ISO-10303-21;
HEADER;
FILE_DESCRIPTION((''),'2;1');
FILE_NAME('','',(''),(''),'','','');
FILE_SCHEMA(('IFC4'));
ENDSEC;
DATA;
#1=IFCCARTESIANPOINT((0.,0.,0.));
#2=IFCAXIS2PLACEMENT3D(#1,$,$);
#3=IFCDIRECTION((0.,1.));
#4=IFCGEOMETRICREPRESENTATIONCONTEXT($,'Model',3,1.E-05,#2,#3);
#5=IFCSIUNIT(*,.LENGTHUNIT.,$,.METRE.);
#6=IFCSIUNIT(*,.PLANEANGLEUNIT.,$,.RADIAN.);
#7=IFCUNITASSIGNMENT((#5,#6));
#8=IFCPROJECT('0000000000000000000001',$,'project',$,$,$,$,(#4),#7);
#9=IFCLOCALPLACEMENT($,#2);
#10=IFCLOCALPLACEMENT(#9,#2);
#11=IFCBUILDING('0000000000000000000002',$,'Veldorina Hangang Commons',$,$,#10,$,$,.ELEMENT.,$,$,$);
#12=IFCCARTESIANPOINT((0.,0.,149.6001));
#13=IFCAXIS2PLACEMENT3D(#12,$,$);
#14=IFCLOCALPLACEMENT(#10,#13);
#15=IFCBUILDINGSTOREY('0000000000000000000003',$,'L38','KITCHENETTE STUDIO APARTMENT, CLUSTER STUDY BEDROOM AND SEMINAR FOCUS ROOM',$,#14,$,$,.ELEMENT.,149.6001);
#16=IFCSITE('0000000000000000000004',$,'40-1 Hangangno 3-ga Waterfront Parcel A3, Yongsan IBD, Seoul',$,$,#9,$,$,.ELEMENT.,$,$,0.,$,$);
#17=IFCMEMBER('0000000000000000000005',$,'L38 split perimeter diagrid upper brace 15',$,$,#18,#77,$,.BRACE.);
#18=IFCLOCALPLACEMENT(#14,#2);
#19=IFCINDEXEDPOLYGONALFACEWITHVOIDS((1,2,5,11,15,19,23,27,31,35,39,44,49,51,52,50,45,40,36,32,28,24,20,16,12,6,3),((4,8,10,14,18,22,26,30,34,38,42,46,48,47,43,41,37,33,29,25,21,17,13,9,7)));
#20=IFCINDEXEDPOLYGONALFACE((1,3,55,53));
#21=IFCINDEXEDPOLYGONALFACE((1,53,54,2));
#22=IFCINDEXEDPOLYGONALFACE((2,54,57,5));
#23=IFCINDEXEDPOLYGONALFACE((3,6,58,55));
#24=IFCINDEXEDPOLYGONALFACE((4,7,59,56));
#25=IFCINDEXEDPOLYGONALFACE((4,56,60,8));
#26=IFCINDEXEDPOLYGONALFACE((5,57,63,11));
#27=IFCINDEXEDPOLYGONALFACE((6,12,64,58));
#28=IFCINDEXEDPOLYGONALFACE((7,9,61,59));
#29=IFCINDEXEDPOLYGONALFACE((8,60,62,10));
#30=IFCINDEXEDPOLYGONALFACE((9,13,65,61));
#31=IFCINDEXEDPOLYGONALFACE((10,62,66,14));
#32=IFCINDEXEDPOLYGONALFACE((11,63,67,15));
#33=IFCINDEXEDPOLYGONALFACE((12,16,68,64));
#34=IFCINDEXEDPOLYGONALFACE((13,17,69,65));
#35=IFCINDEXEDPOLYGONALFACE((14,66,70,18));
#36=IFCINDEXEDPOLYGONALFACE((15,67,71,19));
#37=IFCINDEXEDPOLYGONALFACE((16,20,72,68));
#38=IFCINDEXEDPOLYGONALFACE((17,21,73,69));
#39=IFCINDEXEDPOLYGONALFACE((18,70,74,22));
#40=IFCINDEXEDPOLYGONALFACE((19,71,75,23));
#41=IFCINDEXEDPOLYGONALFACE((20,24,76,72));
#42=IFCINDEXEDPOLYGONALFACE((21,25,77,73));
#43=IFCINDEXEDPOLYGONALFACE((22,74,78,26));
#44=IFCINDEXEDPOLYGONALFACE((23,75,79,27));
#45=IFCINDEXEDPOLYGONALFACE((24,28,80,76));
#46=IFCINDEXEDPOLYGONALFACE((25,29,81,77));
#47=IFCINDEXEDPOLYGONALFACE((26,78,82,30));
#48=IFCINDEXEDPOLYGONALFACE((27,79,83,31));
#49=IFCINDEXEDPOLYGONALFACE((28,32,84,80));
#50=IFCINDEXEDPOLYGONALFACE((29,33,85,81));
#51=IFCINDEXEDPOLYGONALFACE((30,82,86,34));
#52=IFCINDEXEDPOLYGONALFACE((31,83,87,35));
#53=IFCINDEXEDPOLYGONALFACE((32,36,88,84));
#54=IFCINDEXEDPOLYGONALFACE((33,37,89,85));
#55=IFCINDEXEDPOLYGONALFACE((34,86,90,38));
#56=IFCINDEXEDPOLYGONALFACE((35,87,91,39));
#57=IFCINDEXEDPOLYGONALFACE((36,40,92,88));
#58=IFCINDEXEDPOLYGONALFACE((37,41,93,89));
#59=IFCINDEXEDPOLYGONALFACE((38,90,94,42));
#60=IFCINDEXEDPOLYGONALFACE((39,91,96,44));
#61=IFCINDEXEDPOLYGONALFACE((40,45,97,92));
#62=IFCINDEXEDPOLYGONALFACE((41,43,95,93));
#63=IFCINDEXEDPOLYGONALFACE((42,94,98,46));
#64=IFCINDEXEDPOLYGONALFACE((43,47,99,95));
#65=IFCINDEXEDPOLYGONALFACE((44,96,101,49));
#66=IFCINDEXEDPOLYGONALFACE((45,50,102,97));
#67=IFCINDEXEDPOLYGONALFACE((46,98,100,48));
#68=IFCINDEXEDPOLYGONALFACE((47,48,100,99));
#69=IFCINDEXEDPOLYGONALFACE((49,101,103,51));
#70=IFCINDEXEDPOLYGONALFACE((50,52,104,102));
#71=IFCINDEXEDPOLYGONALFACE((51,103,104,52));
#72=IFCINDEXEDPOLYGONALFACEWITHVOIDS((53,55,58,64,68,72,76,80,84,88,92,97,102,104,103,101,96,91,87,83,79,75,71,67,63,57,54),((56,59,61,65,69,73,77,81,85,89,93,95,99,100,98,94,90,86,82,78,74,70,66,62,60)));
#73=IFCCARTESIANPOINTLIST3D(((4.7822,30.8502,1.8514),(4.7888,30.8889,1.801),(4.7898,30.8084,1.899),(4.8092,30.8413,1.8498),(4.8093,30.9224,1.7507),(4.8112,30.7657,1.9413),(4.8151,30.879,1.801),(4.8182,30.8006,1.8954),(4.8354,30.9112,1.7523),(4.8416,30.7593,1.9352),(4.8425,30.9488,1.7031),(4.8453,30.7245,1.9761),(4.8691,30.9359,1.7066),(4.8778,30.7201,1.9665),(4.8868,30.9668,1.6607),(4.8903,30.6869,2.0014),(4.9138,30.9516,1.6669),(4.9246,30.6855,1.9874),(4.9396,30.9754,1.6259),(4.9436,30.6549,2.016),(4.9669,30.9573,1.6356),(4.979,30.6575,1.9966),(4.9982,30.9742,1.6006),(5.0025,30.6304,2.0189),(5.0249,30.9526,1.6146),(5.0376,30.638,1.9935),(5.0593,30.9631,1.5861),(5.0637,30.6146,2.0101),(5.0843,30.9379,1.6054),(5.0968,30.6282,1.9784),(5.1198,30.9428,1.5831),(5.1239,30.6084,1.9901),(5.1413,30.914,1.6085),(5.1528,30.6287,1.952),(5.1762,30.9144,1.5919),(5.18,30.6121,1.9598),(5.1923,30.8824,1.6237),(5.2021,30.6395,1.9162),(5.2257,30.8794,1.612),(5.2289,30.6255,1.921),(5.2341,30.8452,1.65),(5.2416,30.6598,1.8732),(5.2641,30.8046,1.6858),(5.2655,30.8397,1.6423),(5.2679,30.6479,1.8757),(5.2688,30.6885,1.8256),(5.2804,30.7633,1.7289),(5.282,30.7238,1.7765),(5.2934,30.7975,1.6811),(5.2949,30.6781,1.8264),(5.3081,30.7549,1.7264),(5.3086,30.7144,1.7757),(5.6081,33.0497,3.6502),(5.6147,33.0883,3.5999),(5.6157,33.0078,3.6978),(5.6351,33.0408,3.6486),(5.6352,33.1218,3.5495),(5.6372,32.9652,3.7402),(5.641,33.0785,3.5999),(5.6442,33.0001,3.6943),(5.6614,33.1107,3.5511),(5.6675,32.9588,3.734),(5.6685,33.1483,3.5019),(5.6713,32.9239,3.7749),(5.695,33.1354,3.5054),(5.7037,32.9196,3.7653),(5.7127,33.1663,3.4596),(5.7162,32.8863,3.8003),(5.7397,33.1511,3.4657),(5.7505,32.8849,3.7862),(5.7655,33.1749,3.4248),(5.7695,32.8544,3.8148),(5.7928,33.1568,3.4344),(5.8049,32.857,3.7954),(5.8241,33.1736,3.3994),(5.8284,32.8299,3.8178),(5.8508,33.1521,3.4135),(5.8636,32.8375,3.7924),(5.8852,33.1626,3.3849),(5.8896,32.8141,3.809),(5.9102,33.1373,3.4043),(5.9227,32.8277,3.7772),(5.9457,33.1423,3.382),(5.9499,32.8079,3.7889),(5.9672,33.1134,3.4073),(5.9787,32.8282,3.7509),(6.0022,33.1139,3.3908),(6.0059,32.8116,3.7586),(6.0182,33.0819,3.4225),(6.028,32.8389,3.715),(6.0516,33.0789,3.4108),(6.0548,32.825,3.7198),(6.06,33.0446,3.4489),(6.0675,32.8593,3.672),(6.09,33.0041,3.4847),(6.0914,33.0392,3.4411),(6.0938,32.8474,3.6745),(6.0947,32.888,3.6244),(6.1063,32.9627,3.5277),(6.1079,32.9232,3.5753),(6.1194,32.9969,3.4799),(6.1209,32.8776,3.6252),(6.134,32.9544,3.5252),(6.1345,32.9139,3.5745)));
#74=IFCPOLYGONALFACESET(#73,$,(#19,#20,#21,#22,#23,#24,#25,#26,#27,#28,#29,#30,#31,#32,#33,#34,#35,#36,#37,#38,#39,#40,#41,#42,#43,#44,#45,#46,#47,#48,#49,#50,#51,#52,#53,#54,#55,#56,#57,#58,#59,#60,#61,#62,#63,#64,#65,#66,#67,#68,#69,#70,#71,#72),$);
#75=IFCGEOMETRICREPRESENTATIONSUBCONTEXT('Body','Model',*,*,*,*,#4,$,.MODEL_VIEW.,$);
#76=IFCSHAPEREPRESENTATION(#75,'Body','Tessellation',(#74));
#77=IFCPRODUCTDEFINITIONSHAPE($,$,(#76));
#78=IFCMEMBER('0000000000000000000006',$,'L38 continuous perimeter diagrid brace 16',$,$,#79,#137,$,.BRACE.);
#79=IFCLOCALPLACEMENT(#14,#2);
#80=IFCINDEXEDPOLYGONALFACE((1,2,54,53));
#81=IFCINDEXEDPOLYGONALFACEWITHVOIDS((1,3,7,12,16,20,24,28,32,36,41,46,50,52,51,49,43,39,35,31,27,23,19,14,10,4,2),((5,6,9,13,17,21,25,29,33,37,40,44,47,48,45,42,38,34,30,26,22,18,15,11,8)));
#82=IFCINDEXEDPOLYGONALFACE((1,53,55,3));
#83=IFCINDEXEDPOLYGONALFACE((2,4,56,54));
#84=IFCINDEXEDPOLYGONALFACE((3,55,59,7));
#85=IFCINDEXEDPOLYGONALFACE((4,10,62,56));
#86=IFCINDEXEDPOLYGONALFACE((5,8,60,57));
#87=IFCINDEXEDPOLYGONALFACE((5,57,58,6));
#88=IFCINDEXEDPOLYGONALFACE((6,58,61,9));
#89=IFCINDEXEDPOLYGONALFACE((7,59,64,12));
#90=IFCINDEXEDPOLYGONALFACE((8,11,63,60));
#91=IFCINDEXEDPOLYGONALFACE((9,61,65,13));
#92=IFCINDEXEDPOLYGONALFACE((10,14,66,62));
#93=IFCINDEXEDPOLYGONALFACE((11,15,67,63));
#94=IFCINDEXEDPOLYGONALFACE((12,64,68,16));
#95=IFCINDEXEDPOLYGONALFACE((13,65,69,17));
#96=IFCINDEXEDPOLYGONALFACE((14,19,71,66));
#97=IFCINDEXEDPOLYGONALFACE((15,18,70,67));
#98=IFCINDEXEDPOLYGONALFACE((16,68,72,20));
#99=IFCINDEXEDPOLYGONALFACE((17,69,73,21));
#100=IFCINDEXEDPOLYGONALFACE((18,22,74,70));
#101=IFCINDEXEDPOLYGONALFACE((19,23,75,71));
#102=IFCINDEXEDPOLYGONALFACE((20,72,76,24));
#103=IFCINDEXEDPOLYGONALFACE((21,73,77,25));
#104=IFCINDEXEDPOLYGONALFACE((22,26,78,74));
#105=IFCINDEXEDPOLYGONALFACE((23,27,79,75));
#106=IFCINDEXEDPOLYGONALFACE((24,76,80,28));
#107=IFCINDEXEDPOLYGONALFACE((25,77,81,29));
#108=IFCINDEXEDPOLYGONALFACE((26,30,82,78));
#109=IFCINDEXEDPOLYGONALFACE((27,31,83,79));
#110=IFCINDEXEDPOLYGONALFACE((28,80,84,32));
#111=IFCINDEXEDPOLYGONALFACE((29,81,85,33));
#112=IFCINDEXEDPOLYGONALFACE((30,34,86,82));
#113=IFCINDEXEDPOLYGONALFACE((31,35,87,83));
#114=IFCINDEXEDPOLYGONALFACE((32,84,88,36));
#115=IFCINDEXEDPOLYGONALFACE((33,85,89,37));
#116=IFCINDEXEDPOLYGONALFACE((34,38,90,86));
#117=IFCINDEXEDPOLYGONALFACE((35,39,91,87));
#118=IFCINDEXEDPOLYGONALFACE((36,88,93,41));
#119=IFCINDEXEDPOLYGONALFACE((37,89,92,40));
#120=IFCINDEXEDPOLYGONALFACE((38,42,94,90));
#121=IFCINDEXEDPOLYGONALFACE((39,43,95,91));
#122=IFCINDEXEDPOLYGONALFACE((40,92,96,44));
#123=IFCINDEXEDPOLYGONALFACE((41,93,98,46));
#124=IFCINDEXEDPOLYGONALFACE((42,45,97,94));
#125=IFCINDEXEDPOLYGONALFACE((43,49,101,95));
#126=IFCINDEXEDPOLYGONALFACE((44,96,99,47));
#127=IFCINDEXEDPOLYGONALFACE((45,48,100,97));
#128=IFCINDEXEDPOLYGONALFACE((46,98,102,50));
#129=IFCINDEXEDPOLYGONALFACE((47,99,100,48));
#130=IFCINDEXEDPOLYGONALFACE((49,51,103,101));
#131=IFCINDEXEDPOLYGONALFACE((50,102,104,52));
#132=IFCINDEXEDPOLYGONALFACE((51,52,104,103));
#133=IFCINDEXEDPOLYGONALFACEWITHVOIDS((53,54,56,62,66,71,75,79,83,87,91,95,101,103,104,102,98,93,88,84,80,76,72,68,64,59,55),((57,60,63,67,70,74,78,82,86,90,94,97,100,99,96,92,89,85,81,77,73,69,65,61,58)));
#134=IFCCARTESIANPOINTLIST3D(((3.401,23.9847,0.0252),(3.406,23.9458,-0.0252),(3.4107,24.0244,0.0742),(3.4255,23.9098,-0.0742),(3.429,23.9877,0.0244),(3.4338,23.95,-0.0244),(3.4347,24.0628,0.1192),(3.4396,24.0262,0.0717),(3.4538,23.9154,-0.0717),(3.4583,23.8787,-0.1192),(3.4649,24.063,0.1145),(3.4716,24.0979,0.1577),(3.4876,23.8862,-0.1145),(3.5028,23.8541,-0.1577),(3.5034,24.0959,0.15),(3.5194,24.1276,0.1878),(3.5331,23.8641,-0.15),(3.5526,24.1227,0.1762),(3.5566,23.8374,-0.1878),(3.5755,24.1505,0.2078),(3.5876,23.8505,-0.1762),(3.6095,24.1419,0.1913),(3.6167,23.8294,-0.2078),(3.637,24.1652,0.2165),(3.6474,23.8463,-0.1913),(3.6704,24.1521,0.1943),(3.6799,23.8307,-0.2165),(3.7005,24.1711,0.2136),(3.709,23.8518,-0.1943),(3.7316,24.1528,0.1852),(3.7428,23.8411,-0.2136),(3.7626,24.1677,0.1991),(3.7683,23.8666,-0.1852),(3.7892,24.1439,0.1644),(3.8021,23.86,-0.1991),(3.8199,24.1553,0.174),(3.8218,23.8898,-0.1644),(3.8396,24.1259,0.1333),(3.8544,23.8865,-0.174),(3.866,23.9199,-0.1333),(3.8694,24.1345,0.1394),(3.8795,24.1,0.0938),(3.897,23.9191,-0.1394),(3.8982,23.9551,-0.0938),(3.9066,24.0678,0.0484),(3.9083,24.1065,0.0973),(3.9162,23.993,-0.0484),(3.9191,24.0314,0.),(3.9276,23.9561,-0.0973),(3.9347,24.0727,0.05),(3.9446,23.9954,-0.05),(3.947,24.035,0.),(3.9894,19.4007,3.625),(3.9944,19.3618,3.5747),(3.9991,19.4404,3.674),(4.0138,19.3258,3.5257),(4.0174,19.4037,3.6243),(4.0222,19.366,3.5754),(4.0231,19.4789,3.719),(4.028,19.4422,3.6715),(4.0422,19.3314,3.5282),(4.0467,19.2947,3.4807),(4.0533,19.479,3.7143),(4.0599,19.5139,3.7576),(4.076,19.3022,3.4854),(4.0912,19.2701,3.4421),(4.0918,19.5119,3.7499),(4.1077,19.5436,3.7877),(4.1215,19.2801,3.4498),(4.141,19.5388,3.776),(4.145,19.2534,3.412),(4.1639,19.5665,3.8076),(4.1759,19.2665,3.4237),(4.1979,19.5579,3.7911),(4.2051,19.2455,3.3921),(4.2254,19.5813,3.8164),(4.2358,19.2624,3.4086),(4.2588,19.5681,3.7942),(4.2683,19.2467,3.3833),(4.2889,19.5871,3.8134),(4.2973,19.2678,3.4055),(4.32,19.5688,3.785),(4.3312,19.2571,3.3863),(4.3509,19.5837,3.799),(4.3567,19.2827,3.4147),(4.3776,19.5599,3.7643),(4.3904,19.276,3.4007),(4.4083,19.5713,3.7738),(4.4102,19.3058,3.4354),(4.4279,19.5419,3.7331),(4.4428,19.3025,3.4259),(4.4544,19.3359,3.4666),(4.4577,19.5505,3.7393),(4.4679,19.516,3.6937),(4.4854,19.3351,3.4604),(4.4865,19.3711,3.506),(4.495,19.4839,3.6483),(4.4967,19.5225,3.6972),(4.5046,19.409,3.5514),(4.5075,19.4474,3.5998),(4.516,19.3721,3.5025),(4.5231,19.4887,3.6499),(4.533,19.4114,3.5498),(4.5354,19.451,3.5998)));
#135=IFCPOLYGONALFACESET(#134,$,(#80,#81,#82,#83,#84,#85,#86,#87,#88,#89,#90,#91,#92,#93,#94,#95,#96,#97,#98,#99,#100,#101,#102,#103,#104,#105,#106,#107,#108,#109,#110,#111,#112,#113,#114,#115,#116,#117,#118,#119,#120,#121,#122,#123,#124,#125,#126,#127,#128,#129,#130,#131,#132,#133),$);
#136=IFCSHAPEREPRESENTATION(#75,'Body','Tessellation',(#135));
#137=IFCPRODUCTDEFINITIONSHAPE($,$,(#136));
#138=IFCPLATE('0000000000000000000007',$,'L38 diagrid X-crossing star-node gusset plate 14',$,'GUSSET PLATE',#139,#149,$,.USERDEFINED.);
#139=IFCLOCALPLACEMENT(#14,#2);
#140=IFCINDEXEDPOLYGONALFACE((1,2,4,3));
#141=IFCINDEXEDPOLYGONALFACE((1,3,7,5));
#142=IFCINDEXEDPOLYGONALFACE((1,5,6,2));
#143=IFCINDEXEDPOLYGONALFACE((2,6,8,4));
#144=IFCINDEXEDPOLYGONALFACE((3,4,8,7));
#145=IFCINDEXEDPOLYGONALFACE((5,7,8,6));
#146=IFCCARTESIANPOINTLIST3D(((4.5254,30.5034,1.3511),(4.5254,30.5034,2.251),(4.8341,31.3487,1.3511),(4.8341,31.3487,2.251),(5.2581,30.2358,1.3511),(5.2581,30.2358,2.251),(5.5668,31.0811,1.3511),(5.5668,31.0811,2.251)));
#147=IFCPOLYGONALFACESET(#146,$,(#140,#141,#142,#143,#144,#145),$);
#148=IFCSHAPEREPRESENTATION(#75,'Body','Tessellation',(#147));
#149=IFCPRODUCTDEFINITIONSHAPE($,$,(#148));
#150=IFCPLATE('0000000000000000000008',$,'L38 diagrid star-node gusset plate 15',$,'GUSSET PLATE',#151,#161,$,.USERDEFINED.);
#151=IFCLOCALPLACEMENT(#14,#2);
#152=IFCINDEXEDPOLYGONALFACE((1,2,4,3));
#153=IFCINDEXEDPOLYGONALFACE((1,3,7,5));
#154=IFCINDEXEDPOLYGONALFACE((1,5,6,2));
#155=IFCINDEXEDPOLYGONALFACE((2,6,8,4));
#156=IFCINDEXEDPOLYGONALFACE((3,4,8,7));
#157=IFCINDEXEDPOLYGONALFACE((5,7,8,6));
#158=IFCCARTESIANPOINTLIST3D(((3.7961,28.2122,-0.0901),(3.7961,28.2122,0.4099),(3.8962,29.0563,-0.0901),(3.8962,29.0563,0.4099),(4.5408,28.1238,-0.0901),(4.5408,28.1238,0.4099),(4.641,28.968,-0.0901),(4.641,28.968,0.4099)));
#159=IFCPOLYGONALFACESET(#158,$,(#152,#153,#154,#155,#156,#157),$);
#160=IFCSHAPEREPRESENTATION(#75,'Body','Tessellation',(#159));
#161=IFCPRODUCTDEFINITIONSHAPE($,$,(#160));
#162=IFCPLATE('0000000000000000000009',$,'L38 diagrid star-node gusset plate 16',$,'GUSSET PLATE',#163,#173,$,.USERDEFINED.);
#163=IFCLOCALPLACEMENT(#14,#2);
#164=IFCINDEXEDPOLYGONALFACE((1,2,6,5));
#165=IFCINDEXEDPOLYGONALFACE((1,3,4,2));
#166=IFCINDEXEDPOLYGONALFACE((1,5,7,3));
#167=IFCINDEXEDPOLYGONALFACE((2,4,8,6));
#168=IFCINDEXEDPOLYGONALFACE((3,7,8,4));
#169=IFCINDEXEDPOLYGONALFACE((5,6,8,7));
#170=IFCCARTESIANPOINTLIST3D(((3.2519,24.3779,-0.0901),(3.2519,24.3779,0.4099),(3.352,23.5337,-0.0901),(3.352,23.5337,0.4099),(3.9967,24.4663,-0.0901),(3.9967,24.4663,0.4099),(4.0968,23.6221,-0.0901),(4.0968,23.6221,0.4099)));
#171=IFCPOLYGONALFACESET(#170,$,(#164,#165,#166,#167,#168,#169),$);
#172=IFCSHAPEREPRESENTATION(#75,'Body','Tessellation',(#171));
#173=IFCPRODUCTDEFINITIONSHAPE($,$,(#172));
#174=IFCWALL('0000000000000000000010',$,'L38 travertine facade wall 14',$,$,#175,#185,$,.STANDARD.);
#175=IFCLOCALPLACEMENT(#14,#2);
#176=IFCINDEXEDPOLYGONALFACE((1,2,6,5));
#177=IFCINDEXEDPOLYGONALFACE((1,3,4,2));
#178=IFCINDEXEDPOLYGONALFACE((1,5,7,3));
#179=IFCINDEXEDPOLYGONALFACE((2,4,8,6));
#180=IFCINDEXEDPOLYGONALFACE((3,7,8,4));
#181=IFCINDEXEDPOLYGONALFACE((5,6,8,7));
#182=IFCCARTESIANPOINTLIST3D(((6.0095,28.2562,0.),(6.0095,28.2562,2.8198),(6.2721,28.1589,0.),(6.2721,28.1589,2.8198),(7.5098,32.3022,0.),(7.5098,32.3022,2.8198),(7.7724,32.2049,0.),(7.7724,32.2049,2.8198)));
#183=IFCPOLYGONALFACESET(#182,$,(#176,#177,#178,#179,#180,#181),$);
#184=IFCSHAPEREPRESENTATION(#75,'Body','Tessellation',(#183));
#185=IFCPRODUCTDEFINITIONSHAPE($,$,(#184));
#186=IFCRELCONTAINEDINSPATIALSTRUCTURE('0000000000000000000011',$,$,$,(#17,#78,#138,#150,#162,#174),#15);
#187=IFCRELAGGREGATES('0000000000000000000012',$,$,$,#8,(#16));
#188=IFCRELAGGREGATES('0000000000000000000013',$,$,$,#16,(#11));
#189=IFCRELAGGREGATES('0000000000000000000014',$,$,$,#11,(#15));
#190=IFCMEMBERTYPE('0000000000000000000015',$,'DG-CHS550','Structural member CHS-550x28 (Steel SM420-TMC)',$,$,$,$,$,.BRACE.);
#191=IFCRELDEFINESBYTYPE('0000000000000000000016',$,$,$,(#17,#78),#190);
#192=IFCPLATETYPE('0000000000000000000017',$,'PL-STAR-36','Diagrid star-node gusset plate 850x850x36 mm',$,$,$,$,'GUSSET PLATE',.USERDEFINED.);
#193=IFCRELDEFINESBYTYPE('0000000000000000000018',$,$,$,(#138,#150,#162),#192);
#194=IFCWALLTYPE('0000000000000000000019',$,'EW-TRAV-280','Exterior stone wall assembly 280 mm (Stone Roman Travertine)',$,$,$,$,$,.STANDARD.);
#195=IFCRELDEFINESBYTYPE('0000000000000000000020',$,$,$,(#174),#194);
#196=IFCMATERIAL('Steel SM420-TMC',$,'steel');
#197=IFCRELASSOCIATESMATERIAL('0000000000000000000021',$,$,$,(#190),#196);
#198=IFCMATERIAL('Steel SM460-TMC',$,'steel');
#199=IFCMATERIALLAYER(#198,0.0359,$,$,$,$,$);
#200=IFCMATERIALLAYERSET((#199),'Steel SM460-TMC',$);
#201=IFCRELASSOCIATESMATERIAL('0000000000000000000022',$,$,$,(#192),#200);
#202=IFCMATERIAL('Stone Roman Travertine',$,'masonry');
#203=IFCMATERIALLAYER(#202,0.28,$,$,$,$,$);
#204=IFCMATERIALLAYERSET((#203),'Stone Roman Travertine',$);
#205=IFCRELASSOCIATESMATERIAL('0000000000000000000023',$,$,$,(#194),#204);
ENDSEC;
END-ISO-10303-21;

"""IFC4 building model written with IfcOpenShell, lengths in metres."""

from ifc_helpers import new_model, si_unit, direction, frame, frame_2d, origin, origin_2d, place, context, subcontext, project, spatial, rectangle, hollow_circle, extrude, material, layer, layer_set, material_profile, profile_set, type_object, element, save


model = new_model("IFC4")

# Units and contexts
model_context = context("Model", 3, precision=1e-05, world=origin(), true_north=direction((0.0, 1.0)))
body_context = subcontext(model_context, "Body", "Model", "MODEL_VIEW")
ifc_project = project(units=[si_unit("LENGTHUNIT", "METRE"), si_unit("PLANEANGLEUNIT", "RADIAN")], contexts=[model_context])

# Site, building, storey
site_placement = place(None, origin())
site = spatial("IfcSite", under=ifc_project, at=site_placement, Name="40-1 Hangangno 3-ga Waterfront Parcel A3, Yongsan IBD, Seoul", CompositionType="ELEMENT", RefElevation=0.0)
building_placement = place(site_placement, origin())
building = spatial("IfcBuilding", under=site, at=building_placement, Name="Veldorina Hangang Commons", CompositionType="ELEMENT")
storey_placement = place(building_placement, frame((0.0, 0.0, 149.6001)))
storey = spatial("IfcBuildingStorey", under=building, at=storey_placement, Name="L38", Description="KITCHENETTE STUDIO APARTMENT, CLUSTER STUDY BEDROOM AND SEMINAR FOCUS ROOM", CompositionType="ELEMENT", Elevation=149.6001)

# Shared definitions
ifc_material_1 = material(Name="Steel SM420-TMC", Category="steel")

# Members
ifc_material_profile_1 = material_profile(ifc_material_1, hollow_circle(Radius=0.2749, WallThickness=0.0281, at=origin_2d()), Name="CHS-550x28")
ifc_profile_set_1 = profile_set([ifc_material_profile_1], Name="Steel SM420-TMC")
member_type = type_object("IfcMemberType", Name="DG-CHS550", Description="Structural member CHS-550x28 (Steel SM420-TMC)", PredefinedType="BRACE", material=ifc_profile_set_1)
member_1_placement = place(storey_placement, frame((5.0461, 30.7922, 1.801), z_axis=(0.279126, 0.743317, 0.607921), x_axis=(-0.936171, 0.351545, 0.0)))
element("IfcMember", 1, at=member_1_placement, inside=storey, type_object=member_type, Name="L38 split perimeter diagrid upper brace 15", PredefinedType="BRACE", context=body_context, shape_type="SweptSolid", body=[
    extrude(hollow_circle(Radius=0.2749, WallThickness=0.0281, at=origin_2d()), origin(), (0.0, 0.0, 1.0), 2.959),
])
member_2_placement = place(storey_placement, frame((3.6743, 24.0, 0.0), z_axis=(0.100437, -0.782495, 0.614502), x_axis=(0.991863, 0.127311, 0.0)))
element("IfcMember", 2, at=member_2_placement, inside=storey, type_object=member_type, Name="L38 continuous perimeter diagrid brace 16", PredefinedType="BRACE", context=body_context, shape_type="SweptSolid", body=[
    extrude(hollow_circle(Radius=0.2749, WallThickness=0.0281, at=origin_2d()), origin(), (0.0, 0.0, 1.0), 5.8582),
])

# Plates
ifc_material_2 = material(Name="Steel SM460-TMC", Category="steel")
ifc_layer_1 = layer(ifc_material_2, 0.0359)
ifc_layer_set_1 = layer_set([ifc_layer_1], Name="Steel SM460-TMC")
plate_type = type_object("IfcPlateType", Name="PL-STAR-36", Description="Diagrid star-node gusset plate 850x850x36 mm", ElementType="GUSSET PLATE", PredefinedType="USERDEFINED", material=ifc_layer_set_1)
plate_placement = place(storey_placement, frame((5.0461, 30.7922, 1.3511), z_axis=(0.0, 0.0, 1.0), x_axis=(-0.343037, -0.939322, 0.0)))
element("IfcPlate", 3, at=plate_placement, inside=storey, type_object=plate_type, Name="L38 diagrid X-crossing star-node gusset plate 14", ObjectType="GUSSET PLATE", PredefinedType="USERDEFINED", context=body_context, shape_type="SweptSolid", body=[
    extrude(rectangle(XDim=0.8999, YDim=0.78, at=origin_2d()), origin(), (0.0, 0.0, 1.0), 0.8999),
])
for number, where, z_axis, x_axis, name in (
    (4, (4.2185, 28.5901, -0.0901), (0.0, 0.0, 1.0), (-0.117763, -0.993042, 0.0), "L38 diagrid star-node gusset plate 15"),
    (5, (3.6743, 24.0, -0.0901), (0.0, 0.0, 1.0), (0.117763, -0.993042, 0.0), "L38 diagrid star-node gusset plate 16"),
):
    element("IfcPlate", number, at=place(storey_placement, frame(where, z_axis=z_axis, x_axis=x_axis)), inside=storey, type_object=plate_type, Name=name, ObjectType="GUSSET PLATE", PredefinedType="USERDEFINED", context=body_context, shape_type="SweptSolid", body=[
        extrude(rectangle(XDim=0.8501, YDim=0.75, at=origin_2d()), origin(), (0.0, 0.0, 1.0), 0.5),
    ])

# Wall
ifc_material_3 = material(Name="Stone Roman Travertine", Category="masonry")
ifc_layer_2 = layer(ifc_material_3, 0.28)
ifc_layer_set_2 = layer_set([ifc_layer_2], Name="Stone Roman Travertine")
wall_type_1 = type_object("IfcWallType", Name="EW-TRAV-280", Description="Exterior stone wall assembly 280 mm (Stone Roman Travertine)", PredefinedType="STANDARD", material=ifc_layer_set_2)
wall_1_placement = place(storey_placement, frame((7.6411, 32.2537, 0.0), z_axis=(0.0, 0.0, 1.0), x_axis=(-0.347674, -0.937616, 0.0)))
element("IfcWall", 6, at=wall_1_placement, inside=storey, type_object=wall_type_1, Name="L38 travertine facade wall 14", PredefinedType="STANDARD", context=body_context, shape_type="SweptSolid", body=[
    extrude(rectangle(XDim=4.3152, YDim=0.28, at=frame_2d((2.1577, 0.0))), origin(), (0.0, 0.0, 1.0), 2.8198),
])

save(model, "model.ifc")
